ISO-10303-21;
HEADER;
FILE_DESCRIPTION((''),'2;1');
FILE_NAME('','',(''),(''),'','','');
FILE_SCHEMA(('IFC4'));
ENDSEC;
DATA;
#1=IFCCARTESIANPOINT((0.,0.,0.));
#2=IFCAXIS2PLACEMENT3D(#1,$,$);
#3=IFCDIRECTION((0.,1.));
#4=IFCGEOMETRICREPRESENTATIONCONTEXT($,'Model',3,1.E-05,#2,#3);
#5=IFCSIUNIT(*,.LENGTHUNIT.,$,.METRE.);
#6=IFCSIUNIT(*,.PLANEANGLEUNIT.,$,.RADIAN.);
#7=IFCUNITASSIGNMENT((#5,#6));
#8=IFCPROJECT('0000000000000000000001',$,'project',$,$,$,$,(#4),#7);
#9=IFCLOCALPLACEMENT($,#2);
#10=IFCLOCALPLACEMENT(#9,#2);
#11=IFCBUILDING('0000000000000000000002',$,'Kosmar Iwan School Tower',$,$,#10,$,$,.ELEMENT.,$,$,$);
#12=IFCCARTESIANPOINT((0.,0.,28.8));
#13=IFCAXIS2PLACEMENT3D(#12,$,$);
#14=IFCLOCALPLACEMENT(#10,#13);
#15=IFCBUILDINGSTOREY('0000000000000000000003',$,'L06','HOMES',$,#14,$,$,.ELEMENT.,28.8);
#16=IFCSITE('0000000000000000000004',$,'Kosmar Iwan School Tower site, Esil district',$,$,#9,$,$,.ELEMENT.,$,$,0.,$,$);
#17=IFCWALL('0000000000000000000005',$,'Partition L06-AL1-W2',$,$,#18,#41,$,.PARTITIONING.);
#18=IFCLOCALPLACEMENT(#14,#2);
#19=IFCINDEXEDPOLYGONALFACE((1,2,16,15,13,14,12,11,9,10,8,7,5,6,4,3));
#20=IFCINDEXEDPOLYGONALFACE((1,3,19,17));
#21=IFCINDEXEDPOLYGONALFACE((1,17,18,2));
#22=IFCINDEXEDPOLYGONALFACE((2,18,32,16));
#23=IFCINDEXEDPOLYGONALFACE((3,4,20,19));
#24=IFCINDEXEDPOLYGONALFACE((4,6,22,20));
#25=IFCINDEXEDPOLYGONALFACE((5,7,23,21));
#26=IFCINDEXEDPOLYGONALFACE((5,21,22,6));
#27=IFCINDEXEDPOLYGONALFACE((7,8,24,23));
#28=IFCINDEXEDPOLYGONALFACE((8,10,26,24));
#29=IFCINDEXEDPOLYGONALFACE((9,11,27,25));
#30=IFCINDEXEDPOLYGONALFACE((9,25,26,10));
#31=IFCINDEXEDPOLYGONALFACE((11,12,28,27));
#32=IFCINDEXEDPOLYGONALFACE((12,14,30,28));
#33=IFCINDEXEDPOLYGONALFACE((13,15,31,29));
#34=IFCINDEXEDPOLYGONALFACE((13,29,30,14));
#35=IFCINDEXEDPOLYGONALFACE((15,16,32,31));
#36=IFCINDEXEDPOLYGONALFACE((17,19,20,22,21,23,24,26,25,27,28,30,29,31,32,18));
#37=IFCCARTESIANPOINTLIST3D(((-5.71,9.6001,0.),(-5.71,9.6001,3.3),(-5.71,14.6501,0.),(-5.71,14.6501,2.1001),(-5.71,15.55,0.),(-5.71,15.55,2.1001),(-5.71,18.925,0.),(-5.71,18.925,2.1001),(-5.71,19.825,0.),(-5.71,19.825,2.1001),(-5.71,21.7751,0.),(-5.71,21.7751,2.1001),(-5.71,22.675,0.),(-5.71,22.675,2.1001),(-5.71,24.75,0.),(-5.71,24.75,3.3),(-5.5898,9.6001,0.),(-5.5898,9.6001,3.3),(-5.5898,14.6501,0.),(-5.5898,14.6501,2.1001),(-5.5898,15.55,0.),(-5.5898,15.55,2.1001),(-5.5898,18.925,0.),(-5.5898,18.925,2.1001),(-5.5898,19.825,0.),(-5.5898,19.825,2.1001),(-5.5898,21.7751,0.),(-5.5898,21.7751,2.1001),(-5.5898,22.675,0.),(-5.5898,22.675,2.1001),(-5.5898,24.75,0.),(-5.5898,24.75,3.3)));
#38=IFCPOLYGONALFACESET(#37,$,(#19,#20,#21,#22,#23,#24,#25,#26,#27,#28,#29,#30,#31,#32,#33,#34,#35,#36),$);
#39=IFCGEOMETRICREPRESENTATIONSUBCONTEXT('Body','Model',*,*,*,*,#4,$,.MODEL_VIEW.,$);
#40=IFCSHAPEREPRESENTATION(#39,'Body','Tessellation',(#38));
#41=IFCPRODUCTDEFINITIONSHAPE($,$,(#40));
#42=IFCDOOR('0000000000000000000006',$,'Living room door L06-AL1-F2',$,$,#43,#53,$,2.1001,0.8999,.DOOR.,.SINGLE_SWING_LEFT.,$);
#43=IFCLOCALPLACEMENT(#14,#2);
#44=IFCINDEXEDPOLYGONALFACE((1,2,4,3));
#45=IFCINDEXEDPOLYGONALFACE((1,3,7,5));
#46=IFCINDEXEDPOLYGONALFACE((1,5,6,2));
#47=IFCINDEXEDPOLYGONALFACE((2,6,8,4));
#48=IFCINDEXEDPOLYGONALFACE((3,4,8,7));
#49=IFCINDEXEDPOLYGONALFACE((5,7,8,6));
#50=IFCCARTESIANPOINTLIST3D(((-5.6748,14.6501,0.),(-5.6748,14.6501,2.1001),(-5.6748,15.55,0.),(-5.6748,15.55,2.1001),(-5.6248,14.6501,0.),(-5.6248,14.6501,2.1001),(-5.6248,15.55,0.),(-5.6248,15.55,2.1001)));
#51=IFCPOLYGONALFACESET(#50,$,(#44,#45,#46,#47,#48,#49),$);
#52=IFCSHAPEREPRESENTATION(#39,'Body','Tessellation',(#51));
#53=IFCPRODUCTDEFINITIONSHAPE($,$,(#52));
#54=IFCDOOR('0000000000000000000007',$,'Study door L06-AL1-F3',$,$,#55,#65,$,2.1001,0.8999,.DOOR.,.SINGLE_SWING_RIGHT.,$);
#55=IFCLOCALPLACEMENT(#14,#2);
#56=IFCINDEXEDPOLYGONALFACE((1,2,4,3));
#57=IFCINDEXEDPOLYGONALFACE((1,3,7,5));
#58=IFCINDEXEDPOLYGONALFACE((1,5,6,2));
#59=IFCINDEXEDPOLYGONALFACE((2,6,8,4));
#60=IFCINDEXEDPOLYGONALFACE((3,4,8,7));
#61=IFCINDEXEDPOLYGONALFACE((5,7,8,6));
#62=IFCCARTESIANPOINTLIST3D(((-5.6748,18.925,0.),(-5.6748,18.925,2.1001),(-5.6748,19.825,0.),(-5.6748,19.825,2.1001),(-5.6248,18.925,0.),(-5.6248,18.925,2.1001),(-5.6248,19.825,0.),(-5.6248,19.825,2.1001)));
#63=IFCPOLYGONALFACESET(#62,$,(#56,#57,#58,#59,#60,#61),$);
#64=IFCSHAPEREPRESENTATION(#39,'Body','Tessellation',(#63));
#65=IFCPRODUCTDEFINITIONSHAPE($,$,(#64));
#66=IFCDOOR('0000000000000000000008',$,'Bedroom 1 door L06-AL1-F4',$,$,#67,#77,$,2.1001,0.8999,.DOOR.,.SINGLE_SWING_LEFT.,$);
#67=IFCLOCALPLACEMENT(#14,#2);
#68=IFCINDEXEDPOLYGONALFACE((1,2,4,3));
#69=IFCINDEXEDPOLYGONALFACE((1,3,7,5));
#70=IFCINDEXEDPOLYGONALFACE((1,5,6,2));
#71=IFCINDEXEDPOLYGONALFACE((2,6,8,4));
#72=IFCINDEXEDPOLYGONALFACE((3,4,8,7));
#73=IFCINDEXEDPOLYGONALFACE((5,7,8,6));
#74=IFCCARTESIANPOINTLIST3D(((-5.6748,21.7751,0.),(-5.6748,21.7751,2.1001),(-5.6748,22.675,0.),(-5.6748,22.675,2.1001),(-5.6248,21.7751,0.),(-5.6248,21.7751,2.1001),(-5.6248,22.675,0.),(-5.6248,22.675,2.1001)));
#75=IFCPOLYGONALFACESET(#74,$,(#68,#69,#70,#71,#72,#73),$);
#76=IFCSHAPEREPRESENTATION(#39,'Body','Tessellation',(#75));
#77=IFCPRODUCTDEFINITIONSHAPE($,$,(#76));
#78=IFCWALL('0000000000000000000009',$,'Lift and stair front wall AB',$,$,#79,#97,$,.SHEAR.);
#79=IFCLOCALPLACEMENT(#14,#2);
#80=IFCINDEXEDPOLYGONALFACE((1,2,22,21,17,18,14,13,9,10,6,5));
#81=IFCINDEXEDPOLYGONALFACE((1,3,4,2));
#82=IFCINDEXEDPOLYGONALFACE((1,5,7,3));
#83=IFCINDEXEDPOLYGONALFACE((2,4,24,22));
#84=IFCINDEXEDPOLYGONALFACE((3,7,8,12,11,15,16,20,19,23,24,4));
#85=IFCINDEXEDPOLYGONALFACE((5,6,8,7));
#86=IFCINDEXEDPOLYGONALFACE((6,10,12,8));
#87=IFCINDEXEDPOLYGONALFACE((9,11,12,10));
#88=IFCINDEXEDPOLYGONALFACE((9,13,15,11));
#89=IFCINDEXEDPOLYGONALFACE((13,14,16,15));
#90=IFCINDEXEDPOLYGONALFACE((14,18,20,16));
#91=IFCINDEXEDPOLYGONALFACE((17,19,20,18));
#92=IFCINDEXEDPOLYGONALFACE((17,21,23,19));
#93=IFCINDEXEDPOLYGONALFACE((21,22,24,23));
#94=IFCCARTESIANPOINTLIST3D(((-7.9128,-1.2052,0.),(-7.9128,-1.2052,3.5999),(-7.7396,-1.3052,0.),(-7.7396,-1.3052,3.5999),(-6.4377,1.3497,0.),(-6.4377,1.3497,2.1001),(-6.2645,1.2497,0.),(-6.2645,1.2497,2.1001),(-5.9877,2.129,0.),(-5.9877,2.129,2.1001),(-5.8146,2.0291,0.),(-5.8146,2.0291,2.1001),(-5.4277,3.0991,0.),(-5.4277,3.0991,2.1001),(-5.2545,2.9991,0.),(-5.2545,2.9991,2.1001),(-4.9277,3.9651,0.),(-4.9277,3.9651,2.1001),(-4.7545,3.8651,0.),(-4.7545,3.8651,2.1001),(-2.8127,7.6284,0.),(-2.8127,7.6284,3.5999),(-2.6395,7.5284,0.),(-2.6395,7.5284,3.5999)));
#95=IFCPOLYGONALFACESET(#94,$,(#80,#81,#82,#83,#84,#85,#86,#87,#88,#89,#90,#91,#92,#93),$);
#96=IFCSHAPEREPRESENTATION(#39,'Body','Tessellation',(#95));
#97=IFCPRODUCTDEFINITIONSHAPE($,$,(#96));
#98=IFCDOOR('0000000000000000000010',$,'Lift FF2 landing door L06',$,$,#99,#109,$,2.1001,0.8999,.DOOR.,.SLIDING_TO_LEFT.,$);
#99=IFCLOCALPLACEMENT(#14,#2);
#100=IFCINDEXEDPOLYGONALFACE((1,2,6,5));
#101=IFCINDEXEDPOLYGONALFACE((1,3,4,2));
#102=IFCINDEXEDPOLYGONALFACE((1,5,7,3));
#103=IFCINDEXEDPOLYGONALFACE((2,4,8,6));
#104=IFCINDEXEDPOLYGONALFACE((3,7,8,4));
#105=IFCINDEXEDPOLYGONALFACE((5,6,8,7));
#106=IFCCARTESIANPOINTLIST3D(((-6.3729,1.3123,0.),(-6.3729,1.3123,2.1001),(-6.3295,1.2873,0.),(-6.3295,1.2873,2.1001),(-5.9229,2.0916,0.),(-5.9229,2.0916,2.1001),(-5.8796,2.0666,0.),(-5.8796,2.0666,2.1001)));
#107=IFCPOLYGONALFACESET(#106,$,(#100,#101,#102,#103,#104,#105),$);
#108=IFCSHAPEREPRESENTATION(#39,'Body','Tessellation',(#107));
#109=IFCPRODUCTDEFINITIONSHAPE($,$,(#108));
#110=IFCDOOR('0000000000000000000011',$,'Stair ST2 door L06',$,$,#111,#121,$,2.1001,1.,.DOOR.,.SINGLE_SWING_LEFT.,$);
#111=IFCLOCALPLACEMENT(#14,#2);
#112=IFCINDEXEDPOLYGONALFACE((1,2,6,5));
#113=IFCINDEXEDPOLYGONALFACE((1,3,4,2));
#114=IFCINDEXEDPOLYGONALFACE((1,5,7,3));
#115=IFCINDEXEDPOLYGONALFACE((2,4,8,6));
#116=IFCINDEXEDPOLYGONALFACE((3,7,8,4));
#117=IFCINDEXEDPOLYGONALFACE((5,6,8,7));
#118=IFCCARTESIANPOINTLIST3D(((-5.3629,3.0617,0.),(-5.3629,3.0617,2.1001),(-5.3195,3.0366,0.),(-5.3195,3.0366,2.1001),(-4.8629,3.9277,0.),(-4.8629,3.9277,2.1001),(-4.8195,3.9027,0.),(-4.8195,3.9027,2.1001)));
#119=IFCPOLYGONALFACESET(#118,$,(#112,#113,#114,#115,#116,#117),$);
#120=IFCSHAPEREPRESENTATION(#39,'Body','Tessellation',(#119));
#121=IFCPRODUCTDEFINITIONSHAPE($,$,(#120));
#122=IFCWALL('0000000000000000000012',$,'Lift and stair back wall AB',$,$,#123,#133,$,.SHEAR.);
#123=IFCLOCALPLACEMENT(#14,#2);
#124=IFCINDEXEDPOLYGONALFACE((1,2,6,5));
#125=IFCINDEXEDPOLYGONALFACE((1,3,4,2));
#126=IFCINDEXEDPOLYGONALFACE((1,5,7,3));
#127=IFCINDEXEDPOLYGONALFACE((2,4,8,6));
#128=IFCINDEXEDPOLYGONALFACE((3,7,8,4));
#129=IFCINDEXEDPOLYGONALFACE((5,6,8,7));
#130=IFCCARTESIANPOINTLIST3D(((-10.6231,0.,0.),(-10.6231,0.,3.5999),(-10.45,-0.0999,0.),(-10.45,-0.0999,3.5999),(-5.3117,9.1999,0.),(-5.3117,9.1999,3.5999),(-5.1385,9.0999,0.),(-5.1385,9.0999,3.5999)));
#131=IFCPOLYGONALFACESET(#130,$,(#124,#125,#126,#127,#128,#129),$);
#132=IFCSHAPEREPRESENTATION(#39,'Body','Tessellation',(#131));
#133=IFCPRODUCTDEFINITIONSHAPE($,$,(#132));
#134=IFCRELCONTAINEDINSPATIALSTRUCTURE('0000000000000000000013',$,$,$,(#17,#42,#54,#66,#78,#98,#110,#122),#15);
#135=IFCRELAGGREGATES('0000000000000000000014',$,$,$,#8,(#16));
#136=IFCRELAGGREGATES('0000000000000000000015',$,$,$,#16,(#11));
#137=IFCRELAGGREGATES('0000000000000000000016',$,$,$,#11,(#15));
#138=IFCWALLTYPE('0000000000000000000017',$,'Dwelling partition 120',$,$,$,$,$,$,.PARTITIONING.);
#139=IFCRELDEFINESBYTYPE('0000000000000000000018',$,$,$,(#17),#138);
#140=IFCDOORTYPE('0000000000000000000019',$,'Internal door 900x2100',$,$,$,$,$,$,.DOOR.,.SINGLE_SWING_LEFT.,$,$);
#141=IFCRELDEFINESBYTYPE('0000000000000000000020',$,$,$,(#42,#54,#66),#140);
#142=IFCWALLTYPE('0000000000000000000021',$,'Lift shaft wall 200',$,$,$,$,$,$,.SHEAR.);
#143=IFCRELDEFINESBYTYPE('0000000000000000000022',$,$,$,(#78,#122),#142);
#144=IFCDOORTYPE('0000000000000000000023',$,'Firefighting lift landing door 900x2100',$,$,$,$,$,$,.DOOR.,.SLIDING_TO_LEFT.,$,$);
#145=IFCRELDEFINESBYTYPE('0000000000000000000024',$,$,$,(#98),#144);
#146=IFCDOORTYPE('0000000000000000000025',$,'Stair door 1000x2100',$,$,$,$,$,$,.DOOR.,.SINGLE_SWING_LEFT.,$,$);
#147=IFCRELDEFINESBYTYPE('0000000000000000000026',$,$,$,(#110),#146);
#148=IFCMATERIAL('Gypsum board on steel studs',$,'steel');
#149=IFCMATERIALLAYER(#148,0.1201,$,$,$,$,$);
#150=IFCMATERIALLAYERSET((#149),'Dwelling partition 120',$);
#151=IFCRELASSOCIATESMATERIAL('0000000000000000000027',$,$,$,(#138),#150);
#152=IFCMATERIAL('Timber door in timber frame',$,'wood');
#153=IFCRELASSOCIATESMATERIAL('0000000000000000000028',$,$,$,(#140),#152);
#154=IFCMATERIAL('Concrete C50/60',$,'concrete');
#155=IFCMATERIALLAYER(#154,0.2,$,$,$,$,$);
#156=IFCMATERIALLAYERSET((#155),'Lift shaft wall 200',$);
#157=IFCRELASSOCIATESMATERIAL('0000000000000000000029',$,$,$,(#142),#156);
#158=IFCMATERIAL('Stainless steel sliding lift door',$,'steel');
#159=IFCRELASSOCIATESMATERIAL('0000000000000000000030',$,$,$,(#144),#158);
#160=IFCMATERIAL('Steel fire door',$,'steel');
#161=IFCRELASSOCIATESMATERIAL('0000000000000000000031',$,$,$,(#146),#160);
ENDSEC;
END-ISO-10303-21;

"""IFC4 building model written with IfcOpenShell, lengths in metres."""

from ifc_helpers import new_model, si_unit, direction, frame, frame_2d, origin, place, context, subcontext, project, spatial, rectangle, extrude, material, layer, layer_set, type_object, element, fill, save


model = new_model("IFC4")

# Units and contexts
model_context = context("Model", 3, precision=1e-05, world=origin(), true_north=direction((0.0, 1.0)))
body_context = subcontext(model_context, "Body", "Model", "MODEL_VIEW")
ifc_project = project(units=[si_unit("LENGTHUNIT", "METRE"), si_unit("PLANEANGLEUNIT", "RADIAN")], contexts=[model_context])

# Site, building, storey
site_placement = place(None, origin())
site = spatial("IfcSite", under=ifc_project, at=site_placement, Name="Kosmar Iwan School Tower site, Esil district", CompositionType="ELEMENT", RefElevation=0.0)
building_placement = place(site_placement, origin())
building = spatial("IfcBuilding", under=site, at=building_placement, Name="Kosmar Iwan School Tower", CompositionType="ELEMENT")
storey_placement = place(building_placement, frame((0.0, 0.0, 28.8)))
storey = spatial("IfcBuildingStorey", under=building, at=storey_placement, Name="L06", Description="HOMES", CompositionType="ELEMENT", Elevation=28.8)

# Walls, openings, doors
ifc_material_1 = material(Name="Gypsum board on steel studs", Category="steel")
ifc_layer_1 = layer(ifc_material_1, 0.1201)
ifc_layer_set_1 = layer_set([ifc_layer_1], Name="Dwelling partition 120")
wall_type_1 = type_object("IfcWallType", Name="Dwelling partition 120", PredefinedType="PARTITIONING", material=ifc_layer_set_1)
ifc_material_2 = material(Name="Timber door in timber frame", Category="wood")
door_type_1 = type_object("IfcDoorType", Name="Internal door 900x2100", OperationType="SINGLE_SWING_LEFT", PredefinedType="DOOR", material=ifc_material_2)
wall_1_placement = place(storey_placement, frame((-5.6499, 9.6001, 0.0), z_axis=(0.0, 0.0, 1.0), x_axis=(0.0, 1.0, 0.0)))
wall_1 = element("IfcWall", 1, at=wall_1_placement, inside=storey, type_object=wall_type_1, Name="Partition L06-AL1-W2", PredefinedType="PARTITIONING", context=body_context, shape_type="SweptSolid", body=[
    extrude(rectangle(XDim=15.1499, YDim=0.1201, at=frame_2d((7.575, 0.0))), origin(), (0.0, 0.0, 1.0), 3.3),
])
opening_1_placement = place(wall_1_placement, frame((5.05, 0.0, 0.0)))
opening_1 = element("IfcOpeningElement", 2, at=opening_1_placement, cuts=wall_1, PredefinedType="OPENING", context=body_context, shape_type="SweptSolid", body=[
    extrude(rectangle(XDim=0.8999, YDim=2.1001, at=frame_2d((0.45, 1.05))), frame((0.0, 0.072, 0.0), z_axis=(0.0, -1.0, 0.0), x_axis=(1.0, 0.0, 0.0)), (0.0, 0.0, 1.0), 0.144),
])
opening_2_placement = place(wall_1_placement, frame((9.325, 0.0, 0.0)))
opening_2 = element("IfcOpeningElement", 3, at=opening_2_placement, cuts=wall_1, PredefinedType="OPENING", context=body_context, shape_type="SweptSolid", body=[
    extrude(rectangle(XDim=0.8999, YDim=2.1001, at=frame_2d((0.45, 1.05))), frame((0.0, 0.072, 0.0), z_axis=(0.0, -1.0, 0.0), x_axis=(1.0, 0.0, 0.0)), (0.0, 0.0, 1.0), 0.144),
])
opening_3_placement = place(wall_1_placement, frame((12.175, 0.0, 0.0)))
opening_3 = element("IfcOpeningElement", 4, at=opening_3_placement, cuts=wall_1, PredefinedType="OPENING", context=body_context, shape_type="SweptSolid", body=[
    extrude(rectangle(XDim=0.8999, YDim=2.1001, at=frame_2d((0.45, 1.05))), frame((0.0, 0.072, 0.0), z_axis=(0.0, -1.0, 0.0), x_axis=(1.0, 0.0, 0.0)), (0.0, 0.0, 1.0), 0.144),
])
door_1_placement = place(opening_1_placement, origin())
door_1 = element("IfcDoor", 5, at=door_1_placement, inside=storey, type_object=door_type_1, Name="Living room door L06-AL1-F2", OperationType="SINGLE_SWING_LEFT", OverallHeight=2.1001, OverallWidth=0.8999, PredefinedType="DOOR", context=body_context, shape_type="SweptSolid", body=[
    extrude(rectangle(XDim=0.8999, YDim=2.1001, at=frame_2d((0.45, 1.05))), frame((0.0, 0.0249, 0.0), z_axis=(0.0, -1.0, 0.0), x_axis=(1.0, 0.0, 0.0)), (0.0, 0.0, 1.0), 0.05),
])
fill(opening_1, door_1)
door_2_placement = place(opening_2_placement, origin())
door_2 = element("IfcDoor", 6, at=door_2_placement, inside=storey, type_object=door_type_1, Name="Study door L06-AL1-F3", OperationType="SINGLE_SWING_RIGHT", OverallHeight=2.1001, OverallWidth=0.8999, PredefinedType="DOOR", context=body_context, shape_type="SweptSolid", body=[
    extrude(rectangle(XDim=0.8999, YDim=2.1001, at=frame_2d((0.45, 1.05))), frame((0.0, 0.0249, 0.0), z_axis=(0.0, -1.0, 0.0), x_axis=(1.0, 0.0, 0.0)), (0.0, 0.0, 1.0), 0.05),
])
fill(opening_2, door_2)
door_3_placement = place(opening_3_placement, origin())
door_3 = element("IfcDoor", 7, at=door_3_placement, inside=storey, type_object=door_type_1, Name="Bedroom 1 door L06-AL1-F4", OperationType="SINGLE_SWING_LEFT", OverallHeight=2.1001, OverallWidth=0.8999, PredefinedType="DOOR", context=body_context, shape_type="SweptSolid", body=[
    extrude(rectangle(XDim=0.8999, YDim=2.1001, at=frame_2d((0.45, 1.05))), frame((0.0, 0.0249, 0.0), z_axis=(0.0, -1.0, 0.0), x_axis=(1.0, 0.0, 0.0)), (0.0, 0.0, 1.0), 0.05),
])
fill(opening_3, door_3)
ifc_material_3 = material(Name="Concrete C50/60", Category="concrete")
ifc_layer_2 = layer(ifc_material_3, 0.2)
ifc_layer_set_2 = layer_set([ifc_layer_2], Name="Lift shaft wall 200")
wall_type_2 = type_object("IfcWallType", Name="Lift shaft wall 200", PredefinedType="SHEAR", material=ifc_layer_set_2)
wall_2_placement = place(storey_placement, frame((-2.7261, 7.5784, 0.0), z_axis=(0.0, 0.0, 1.0), x_axis=(-0.500006, -0.866022, 0.0)))
wall_2 = element("IfcWall", 8, at=wall_2_placement, inside=storey, type_object=wall_type_2, Name="Lift and stair front wall AB", PredefinedType="SHEAR", context=body_context, shape_type="SweptSolid", body=[
    extrude(rectangle(XDim=10.2002, YDim=0.2, at=frame_2d((5.1001, 0.0))), origin(), (0.0, 0.0, 1.0), 3.5999),
])
opening_4_placement = place(wall_2_placement, frame((6.3501, 0.0, 0.0)))
opening_4 = element("IfcOpeningElement", 9, at=opening_4_placement, cuts=wall_2, PredefinedType="OPENING", context=body_context, shape_type="SweptSolid", body=[
    extrude(rectangle(XDim=0.8999, YDim=2.1001, at=frame_2d((0.45, 1.05))), frame((0.0, 0.1121, 0.0), z_axis=(0.0, -1.0, 0.0), x_axis=(1.0, 0.0, 0.0)), (0.0, 0.0, 1.0), 0.2239),
])
opening_5_placement = place(wall_2_placement, frame((4.23, 0.0, 0.0)))
opening_5 = element("IfcOpeningElement", 10, at=opening_5_placement, cuts=wall_2, PredefinedType="OPENING", context=body_context, shape_type="SweptSolid", body=[
    extrude(rectangle(XDim=1.0, YDim=2.1001, at=frame_2d((0.5, 1.05))), frame((0.0, 0.1121, 0.0), z_axis=(0.0, -1.0, 0.0), x_axis=(1.0, 0.0, 0.0)), (0.0, 0.0, 1.0), 0.2239),
])
ifc_material_4 = material(Name="Stainless steel sliding lift door", Category="steel")
door_type_2 = type_object("IfcDoorType", Name="Firefighting lift landing door 900x2100", OperationType="SLIDING_TO_LEFT", PredefinedType="DOOR", material=ifc_material_4)
door_4_placement = place(opening_4_placement, origin())
door_4 = element("IfcDoor", 11, at=door_4_placement, inside=storey, type_object=door_type_2, Name="Lift FF2 landing door L06", OperationType="SLIDING_TO_LEFT", OverallHeight=2.1001, OverallWidth=0.8999, PredefinedType="DOOR", context=body_context, shape_type="SweptSolid", body=[
    extrude(rectangle(XDim=0.8999, YDim=2.1001, at=frame_2d((0.45, 1.05))), frame((0.0, 0.0249, 0.0), z_axis=(0.0, -1.0, 0.0), x_axis=(1.0, 0.0, 0.0)), (0.0, 0.0, 1.0), 0.05),
])
fill(opening_4, door_4)
ifc_material_5 = material(Name="Steel fire door", Category="steel")
door_type_3 = type_object("IfcDoorType", Name="Stair door 1000x2100", OperationType="SINGLE_SWING_LEFT", PredefinedType="DOOR", material=ifc_material_5)
door_5_placement = place(opening_5_placement, origin())
door_5 = element("IfcDoor", 12, at=door_5_placement, inside=storey, type_object=door_type_3, Name="Stair ST2 door L06", OperationType="SINGLE_SWING_LEFT", OverallHeight=2.1001, OverallWidth=1.0, PredefinedType="DOOR", context=body_context, shape_type="SweptSolid", body=[
    extrude(rectangle(XDim=1.0, YDim=2.1001, at=frame_2d((0.5, 1.05))), frame((0.0, 0.0249, 0.0), z_axis=(0.0, -1.0, 0.0), x_axis=(1.0, 0.0, 0.0)), (0.0, 0.0, 1.0), 0.05),
])
fill(opening_5, door_5)

# Wall
wall_3_placement = place(storey_placement, frame((-5.2251, 9.1499, 0.0), z_axis=(0.0, 0.0, 1.0), x_axis=(-0.499995, -0.866028, 0.0)))
element("IfcWall", 13, at=wall_3_placement, inside=storey, type_object=wall_type_2, Name="Lift and stair back wall AB", PredefinedType="SHEAR", context=body_context, shape_type="SweptSolid", body=[
    extrude(rectangle(XDim=10.623, YDim=0.2, at=frame_2d((5.3115, 0.0))), origin(), (0.0, 0.0, 1.0), 3.5999),
])

save(model, "model.ifc")
